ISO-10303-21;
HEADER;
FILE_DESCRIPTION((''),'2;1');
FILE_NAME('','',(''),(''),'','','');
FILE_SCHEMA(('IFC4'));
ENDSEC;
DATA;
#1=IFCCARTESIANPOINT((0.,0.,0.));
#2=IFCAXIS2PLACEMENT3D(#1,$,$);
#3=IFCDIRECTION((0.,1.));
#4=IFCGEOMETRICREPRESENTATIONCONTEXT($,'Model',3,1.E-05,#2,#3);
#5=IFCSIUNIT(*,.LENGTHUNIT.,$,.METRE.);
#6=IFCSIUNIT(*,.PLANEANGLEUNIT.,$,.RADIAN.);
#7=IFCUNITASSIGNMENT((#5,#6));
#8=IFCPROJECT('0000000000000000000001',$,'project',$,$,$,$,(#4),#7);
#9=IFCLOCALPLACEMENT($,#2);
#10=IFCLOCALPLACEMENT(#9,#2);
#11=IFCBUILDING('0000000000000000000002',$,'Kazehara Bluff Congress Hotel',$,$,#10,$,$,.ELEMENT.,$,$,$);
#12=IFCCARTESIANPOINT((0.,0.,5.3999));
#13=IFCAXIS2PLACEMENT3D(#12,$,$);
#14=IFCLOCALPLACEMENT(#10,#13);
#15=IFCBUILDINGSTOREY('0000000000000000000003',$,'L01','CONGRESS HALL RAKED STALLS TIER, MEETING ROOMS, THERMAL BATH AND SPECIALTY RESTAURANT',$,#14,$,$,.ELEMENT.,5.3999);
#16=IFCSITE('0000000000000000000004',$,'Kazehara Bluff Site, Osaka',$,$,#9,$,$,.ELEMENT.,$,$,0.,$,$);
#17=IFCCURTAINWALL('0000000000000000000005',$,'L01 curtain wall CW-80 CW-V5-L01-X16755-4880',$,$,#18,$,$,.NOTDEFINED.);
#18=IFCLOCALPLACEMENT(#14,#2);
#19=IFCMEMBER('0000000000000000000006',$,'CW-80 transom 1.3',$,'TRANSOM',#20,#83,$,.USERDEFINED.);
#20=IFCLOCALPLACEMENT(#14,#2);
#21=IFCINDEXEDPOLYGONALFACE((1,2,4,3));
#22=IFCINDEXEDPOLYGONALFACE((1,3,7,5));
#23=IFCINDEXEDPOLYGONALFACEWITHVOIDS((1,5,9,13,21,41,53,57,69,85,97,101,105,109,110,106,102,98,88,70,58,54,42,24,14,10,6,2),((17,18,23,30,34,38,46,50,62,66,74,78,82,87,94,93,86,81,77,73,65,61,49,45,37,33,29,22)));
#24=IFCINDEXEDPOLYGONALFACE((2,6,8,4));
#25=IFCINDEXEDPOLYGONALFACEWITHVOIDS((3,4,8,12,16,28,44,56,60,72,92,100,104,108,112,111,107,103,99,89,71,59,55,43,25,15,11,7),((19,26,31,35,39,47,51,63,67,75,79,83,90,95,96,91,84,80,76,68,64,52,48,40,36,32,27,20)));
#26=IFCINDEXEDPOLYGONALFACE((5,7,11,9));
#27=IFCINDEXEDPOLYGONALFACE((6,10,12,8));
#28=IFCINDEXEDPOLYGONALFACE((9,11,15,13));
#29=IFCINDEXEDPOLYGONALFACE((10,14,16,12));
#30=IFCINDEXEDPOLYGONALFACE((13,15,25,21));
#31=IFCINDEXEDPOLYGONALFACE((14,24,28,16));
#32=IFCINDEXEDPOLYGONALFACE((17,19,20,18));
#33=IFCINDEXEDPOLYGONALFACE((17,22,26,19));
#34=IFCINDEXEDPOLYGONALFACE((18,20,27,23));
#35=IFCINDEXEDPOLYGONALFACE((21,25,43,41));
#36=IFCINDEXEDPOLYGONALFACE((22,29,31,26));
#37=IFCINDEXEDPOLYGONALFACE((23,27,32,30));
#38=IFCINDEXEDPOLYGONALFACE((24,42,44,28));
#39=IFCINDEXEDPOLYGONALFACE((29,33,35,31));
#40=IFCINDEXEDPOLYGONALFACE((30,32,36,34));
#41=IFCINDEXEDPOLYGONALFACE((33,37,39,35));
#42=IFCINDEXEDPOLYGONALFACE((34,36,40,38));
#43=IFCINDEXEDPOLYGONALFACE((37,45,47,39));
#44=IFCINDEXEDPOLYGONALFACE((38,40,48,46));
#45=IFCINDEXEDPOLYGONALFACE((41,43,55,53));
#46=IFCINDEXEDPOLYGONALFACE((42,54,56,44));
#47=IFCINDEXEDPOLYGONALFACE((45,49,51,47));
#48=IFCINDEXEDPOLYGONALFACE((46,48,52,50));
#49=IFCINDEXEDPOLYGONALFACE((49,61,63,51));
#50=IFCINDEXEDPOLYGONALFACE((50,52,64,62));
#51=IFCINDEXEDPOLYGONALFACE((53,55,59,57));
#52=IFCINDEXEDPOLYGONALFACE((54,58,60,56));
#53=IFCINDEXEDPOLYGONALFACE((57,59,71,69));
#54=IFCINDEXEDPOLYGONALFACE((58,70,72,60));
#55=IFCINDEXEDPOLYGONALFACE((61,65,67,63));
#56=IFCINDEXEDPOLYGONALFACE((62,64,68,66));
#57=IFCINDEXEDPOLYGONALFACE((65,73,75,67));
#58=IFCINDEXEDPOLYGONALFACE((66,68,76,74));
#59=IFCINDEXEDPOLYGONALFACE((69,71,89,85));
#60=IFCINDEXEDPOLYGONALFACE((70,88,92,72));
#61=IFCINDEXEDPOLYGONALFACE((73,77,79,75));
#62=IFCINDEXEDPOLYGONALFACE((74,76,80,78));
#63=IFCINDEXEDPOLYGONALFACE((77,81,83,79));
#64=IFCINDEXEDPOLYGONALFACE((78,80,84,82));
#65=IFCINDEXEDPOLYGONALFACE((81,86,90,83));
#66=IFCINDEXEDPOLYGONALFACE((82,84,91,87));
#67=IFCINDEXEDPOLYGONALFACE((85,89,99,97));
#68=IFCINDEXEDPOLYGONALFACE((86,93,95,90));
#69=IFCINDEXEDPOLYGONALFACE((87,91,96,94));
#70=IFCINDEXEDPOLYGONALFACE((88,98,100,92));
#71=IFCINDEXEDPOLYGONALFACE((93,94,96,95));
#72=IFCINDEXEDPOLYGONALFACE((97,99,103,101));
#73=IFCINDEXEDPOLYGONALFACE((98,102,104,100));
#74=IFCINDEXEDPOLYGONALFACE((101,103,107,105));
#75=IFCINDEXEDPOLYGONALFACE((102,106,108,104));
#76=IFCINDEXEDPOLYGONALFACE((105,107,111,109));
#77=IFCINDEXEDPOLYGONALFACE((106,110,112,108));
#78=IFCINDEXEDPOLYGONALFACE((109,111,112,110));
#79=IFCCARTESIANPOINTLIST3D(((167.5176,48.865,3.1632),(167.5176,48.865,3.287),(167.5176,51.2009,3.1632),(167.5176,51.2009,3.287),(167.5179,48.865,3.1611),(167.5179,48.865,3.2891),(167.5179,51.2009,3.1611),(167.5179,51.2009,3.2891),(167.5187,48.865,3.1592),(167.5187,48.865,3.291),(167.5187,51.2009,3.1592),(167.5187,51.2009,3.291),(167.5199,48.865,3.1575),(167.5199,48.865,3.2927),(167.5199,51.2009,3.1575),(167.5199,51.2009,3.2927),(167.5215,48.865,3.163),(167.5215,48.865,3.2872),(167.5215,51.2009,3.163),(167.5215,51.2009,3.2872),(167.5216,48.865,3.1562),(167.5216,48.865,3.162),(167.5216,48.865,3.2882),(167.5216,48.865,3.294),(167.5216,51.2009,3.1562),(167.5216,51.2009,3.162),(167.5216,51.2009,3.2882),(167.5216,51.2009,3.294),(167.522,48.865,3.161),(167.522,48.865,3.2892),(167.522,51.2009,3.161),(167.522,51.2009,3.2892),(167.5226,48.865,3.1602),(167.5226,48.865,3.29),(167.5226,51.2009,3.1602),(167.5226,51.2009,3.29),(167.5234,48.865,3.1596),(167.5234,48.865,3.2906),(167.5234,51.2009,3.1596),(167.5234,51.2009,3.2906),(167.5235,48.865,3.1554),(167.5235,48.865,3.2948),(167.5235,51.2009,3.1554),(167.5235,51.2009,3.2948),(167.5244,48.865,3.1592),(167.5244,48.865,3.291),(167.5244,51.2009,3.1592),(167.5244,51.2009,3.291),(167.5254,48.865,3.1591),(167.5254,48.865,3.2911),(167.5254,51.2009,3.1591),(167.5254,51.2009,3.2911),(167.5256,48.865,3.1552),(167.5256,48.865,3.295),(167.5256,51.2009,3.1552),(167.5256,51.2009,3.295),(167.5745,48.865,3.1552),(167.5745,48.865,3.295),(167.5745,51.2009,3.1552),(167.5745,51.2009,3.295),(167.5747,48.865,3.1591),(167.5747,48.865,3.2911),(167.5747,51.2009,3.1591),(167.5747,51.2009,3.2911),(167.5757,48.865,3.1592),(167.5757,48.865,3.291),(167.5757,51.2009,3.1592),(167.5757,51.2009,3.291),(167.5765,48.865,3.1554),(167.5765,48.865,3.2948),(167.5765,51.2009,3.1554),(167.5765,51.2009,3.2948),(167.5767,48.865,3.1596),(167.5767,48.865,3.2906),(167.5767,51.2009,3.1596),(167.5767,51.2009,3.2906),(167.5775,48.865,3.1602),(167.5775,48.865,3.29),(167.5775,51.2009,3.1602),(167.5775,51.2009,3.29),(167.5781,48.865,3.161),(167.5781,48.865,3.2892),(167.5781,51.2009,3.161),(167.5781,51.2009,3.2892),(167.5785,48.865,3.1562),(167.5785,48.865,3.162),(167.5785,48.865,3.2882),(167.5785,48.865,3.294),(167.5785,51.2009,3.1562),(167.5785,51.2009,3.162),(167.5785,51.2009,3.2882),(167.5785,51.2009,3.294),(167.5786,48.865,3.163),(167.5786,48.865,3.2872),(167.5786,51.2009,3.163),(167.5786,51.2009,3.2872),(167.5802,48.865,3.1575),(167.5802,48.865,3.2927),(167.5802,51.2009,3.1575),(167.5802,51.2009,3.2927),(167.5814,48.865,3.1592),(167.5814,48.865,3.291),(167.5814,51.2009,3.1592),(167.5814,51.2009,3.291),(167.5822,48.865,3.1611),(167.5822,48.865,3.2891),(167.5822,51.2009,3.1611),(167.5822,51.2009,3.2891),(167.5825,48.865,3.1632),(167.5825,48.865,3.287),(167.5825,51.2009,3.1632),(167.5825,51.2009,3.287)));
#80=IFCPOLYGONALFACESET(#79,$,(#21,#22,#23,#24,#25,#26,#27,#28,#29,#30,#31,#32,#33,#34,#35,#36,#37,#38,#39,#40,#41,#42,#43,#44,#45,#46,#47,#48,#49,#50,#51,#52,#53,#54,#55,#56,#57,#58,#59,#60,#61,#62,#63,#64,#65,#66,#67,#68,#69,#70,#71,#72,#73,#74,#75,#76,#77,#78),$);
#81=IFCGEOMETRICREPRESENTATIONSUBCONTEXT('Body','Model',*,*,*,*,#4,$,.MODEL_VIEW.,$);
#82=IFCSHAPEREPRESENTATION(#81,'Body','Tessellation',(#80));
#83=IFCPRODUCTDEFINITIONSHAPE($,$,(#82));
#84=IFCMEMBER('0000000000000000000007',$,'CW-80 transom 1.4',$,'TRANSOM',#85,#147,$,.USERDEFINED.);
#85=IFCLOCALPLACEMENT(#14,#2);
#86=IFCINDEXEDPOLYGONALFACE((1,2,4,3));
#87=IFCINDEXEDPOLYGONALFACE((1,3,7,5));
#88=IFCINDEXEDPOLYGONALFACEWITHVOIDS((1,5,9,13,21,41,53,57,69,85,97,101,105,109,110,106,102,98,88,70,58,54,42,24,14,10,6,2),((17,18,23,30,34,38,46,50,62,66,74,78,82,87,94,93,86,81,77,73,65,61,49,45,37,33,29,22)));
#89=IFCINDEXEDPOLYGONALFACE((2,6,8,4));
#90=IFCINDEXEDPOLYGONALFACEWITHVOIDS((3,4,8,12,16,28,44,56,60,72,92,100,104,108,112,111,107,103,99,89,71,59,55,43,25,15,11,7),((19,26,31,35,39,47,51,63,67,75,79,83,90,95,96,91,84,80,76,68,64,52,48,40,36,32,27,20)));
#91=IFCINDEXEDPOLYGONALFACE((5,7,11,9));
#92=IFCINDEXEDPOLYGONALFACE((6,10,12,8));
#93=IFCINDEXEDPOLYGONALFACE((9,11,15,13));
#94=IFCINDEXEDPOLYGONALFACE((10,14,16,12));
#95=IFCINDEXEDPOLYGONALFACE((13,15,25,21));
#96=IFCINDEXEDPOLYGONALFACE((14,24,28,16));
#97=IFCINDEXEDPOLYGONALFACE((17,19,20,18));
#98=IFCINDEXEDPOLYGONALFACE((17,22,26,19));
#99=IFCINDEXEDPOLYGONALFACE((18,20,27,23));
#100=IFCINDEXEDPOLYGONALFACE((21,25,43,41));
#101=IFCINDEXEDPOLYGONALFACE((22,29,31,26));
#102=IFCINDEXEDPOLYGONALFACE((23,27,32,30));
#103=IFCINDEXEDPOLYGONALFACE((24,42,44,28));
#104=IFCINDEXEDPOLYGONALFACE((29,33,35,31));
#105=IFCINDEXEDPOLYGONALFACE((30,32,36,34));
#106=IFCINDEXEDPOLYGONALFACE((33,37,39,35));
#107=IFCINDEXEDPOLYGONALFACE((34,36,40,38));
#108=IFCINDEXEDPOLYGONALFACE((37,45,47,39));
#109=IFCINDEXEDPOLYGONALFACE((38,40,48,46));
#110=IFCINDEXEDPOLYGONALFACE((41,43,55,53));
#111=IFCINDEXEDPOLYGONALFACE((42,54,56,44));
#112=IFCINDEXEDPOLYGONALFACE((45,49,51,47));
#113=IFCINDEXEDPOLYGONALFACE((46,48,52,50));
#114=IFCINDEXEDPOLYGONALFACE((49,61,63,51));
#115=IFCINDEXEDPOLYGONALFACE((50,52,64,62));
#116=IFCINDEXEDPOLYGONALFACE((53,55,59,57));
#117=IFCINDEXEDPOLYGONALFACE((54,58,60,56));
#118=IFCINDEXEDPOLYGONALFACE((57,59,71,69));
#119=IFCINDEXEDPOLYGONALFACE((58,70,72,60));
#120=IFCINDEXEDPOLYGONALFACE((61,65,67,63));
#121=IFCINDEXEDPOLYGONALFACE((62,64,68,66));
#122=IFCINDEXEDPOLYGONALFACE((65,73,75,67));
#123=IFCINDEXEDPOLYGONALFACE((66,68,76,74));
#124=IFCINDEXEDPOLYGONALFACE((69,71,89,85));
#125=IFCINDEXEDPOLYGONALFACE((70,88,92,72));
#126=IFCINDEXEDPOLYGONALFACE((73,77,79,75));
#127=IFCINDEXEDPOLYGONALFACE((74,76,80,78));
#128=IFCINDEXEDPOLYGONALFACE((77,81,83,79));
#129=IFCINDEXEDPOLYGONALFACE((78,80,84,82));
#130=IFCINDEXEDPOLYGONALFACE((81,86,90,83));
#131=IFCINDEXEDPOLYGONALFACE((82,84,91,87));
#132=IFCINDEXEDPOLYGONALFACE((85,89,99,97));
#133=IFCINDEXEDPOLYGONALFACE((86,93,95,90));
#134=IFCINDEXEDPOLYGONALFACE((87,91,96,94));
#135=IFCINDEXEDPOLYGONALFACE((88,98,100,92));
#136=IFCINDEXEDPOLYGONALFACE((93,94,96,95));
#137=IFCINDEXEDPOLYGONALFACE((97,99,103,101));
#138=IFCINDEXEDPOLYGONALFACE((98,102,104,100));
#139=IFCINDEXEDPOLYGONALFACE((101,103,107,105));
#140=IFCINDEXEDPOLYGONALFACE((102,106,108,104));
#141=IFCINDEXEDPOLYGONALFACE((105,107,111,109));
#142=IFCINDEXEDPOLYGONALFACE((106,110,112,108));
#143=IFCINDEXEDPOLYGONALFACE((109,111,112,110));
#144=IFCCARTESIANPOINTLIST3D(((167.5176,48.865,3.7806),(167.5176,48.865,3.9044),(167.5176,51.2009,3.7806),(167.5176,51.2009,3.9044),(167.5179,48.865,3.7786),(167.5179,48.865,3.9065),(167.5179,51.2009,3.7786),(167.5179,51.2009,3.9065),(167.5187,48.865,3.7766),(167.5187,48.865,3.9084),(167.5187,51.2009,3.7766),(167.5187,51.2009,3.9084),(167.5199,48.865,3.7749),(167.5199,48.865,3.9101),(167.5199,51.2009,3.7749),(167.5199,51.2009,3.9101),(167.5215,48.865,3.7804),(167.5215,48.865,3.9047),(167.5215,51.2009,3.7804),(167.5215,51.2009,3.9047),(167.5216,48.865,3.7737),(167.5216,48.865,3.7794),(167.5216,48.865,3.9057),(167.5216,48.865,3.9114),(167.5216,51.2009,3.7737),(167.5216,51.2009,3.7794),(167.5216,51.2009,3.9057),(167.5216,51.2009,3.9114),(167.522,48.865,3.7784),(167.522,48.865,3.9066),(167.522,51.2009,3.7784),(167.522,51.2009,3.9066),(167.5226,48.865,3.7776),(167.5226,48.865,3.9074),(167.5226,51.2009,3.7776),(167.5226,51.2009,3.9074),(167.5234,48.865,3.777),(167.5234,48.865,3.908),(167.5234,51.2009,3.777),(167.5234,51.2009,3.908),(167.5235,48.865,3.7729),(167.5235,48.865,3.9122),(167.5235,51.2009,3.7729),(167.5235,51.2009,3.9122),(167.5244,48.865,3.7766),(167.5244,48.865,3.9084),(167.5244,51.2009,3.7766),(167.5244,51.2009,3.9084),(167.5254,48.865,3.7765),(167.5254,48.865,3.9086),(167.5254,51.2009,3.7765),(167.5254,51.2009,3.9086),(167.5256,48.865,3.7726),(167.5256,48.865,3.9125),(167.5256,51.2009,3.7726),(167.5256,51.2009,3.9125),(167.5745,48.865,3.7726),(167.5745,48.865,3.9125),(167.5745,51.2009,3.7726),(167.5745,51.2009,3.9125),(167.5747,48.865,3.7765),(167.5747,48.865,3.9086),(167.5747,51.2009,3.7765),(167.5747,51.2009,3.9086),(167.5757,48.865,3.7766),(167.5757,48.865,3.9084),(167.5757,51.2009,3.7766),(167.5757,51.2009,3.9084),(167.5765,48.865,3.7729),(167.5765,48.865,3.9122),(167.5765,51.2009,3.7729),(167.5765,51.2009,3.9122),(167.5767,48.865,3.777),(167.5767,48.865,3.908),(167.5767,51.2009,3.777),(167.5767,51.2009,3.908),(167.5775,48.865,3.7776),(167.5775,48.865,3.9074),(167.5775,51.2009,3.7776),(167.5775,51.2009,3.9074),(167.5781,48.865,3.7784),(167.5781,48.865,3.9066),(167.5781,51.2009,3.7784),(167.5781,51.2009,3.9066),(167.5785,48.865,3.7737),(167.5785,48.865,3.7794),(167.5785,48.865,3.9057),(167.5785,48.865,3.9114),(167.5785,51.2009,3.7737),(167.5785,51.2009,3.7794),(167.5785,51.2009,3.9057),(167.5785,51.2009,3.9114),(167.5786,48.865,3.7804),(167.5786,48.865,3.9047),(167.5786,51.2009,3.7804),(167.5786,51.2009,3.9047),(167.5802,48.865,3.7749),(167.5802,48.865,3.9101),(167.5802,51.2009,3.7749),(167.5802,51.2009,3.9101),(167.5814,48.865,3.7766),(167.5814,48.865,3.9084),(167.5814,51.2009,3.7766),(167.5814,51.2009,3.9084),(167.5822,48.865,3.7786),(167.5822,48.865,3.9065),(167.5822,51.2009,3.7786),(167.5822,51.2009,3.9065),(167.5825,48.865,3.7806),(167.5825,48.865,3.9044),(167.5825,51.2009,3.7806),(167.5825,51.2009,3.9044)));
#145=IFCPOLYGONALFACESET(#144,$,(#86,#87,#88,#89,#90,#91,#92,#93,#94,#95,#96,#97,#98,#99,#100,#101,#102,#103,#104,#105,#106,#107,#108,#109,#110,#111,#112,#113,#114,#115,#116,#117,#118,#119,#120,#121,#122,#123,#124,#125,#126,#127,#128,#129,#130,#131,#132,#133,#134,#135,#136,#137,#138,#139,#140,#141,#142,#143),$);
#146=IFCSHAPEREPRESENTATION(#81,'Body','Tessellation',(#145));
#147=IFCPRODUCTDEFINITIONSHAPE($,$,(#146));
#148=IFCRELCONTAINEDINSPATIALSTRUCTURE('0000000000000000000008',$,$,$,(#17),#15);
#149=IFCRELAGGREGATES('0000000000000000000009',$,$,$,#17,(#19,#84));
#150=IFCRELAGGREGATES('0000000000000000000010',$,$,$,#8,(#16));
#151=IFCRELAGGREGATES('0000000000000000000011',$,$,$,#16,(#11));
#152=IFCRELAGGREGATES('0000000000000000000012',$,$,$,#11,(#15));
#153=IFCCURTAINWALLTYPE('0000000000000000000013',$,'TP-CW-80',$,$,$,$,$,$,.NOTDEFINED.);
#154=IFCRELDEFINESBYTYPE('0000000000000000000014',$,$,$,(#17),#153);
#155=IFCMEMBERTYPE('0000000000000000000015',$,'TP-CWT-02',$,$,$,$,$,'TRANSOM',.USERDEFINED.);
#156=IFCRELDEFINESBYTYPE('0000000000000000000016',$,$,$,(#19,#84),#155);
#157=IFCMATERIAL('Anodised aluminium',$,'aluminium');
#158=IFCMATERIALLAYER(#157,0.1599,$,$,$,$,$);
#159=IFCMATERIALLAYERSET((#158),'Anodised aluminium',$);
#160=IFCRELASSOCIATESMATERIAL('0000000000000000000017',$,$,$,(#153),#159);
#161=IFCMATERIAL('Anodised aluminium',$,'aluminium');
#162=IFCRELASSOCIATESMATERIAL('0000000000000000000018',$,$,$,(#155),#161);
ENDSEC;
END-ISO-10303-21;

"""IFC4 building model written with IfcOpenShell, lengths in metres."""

from ifc_helpers import new_model, si_unit, direction, frame, origin, origin_2d, place, context, subcontext, project, spatial, hollow_rectangle, extrude, material, layer, layer_set, material_profile, profile_set, type_object, element, aggregate, save


model = new_model("IFC4")

# Units and contexts
model_context = context("Model", 3, precision=1e-05, world=origin(), true_north=direction((0.0, 1.0)))
body_context = subcontext(model_context, "Body", "Model", "MODEL_VIEW")
ifc_project = project(units=[si_unit("LENGTHUNIT", "METRE"), si_unit("PLANEANGLEUNIT", "RADIAN")], contexts=[model_context])

# Site, building, storey
site_placement = place(None, origin())
site = spatial("IfcSite", under=ifc_project, at=site_placement, Name="Kazehara Bluff Site, Osaka", CompositionType="ELEMENT", RefElevation=0.0)
building_placement = place(site_placement, origin())
building = spatial("IfcBuilding", under=site, at=building_placement, Name="Kazehara Bluff Congress Hotel", CompositionType="ELEMENT")
storey_placement = place(building_placement, frame((0.0, 0.0, 5.3999)))
storey = spatial("IfcBuildingStorey", under=building, at=storey_placement, Name="L01", Description="CONGRESS HALL RAKED STALLS TIER, MEETING ROOMS, THERMAL BATH AND SPECIALTY RESTAURANT", CompositionType="ELEMENT", Elevation=5.3999)

# Curtain wall
ifc_material_1 = material(Name="Anodised aluminium", Category="aluminium")
ifc_layer_1 = layer(ifc_material_1, 0.1599)
ifc_layer_set_1 = layer_set([ifc_layer_1], Name="Anodised aluminium")
curtain_wall_type_1 = type_object("IfcCurtainWallType", Name="TP-CW-80", PredefinedType="NOTDEFINED", material=ifc_layer_set_1)
curtain_wall_1_placement = place(storey_placement, origin())
curtain_wall_1 = element("IfcCurtainWall", 1, at=curtain_wall_1_placement, inside=storey, type_object=curtain_wall_type_1, Name="L01 curtain wall CW-80 CW-V5-L01-X16755-4880", PredefinedType="NOTDEFINED")

# Members
ifc_material_2 = material(Name="Anodised aluminium", Category="aluminium")
ifc_material_profile_1 = material_profile(ifc_material_2, hollow_rectangle(XDim=0.0649, YDim=0.1399, WallThickness=0.0039, InnerFilletRadius=0.0039, OuterFilletRadius=0.0081, at=origin_2d()))
ifc_profile_set_1 = profile_set([ifc_material_profile_1], Name="Anodised aluminium")
member_type_1 = type_object("IfcMemberType", Name="TP-CWT-02", ElementType="TRANSOM", PredefinedType="USERDEFINED", material=ifc_profile_set_1)
member_1_placement = place(storey_placement, frame((167.55, 48.865, 3.2251), z_axis=(0.0, 1.0, 0.0), x_axis=(-1.0, 0.0, 0.0)))
member_1 = element("IfcMember", 2, at=member_1_placement, type_object=member_type_1, Name="CW-80 transom 1.3", ObjectType="TRANSOM", PredefinedType="USERDEFINED", context=body_context, shape_type="SweptSolid", body=[
    extrude(hollow_rectangle(XDim=0.0649, YDim=0.1399, WallThickness=0.0039, InnerFilletRadius=0.0039, OuterFilletRadius=0.0081, at=origin_2d()), origin(), (0.0, 0.0, 1.0), 2.3359),
])
member_2_placement = place(storey_placement, frame((167.55, 48.865, 3.8425), z_axis=(0.0, 1.0, 0.0), x_axis=(-1.0, 0.0, 0.0)))
member_2 = element("IfcMember", 3, at=member_2_placement, type_object=member_type_1, Name="CW-80 transom 1.4", ObjectType="TRANSOM", PredefinedType="USERDEFINED", context=body_context, shape_type="SweptSolid", body=[
    extrude(hollow_rectangle(XDim=0.0649, YDim=0.1399, WallThickness=0.0039, InnerFilletRadius=0.0039, OuterFilletRadius=0.0081, at=origin_2d()), origin(), (0.0, 0.0, 1.0), 2.3359),
])

aggregate(curtain_wall_1, [member_1, member_2])

save(model, "model.ifc")
